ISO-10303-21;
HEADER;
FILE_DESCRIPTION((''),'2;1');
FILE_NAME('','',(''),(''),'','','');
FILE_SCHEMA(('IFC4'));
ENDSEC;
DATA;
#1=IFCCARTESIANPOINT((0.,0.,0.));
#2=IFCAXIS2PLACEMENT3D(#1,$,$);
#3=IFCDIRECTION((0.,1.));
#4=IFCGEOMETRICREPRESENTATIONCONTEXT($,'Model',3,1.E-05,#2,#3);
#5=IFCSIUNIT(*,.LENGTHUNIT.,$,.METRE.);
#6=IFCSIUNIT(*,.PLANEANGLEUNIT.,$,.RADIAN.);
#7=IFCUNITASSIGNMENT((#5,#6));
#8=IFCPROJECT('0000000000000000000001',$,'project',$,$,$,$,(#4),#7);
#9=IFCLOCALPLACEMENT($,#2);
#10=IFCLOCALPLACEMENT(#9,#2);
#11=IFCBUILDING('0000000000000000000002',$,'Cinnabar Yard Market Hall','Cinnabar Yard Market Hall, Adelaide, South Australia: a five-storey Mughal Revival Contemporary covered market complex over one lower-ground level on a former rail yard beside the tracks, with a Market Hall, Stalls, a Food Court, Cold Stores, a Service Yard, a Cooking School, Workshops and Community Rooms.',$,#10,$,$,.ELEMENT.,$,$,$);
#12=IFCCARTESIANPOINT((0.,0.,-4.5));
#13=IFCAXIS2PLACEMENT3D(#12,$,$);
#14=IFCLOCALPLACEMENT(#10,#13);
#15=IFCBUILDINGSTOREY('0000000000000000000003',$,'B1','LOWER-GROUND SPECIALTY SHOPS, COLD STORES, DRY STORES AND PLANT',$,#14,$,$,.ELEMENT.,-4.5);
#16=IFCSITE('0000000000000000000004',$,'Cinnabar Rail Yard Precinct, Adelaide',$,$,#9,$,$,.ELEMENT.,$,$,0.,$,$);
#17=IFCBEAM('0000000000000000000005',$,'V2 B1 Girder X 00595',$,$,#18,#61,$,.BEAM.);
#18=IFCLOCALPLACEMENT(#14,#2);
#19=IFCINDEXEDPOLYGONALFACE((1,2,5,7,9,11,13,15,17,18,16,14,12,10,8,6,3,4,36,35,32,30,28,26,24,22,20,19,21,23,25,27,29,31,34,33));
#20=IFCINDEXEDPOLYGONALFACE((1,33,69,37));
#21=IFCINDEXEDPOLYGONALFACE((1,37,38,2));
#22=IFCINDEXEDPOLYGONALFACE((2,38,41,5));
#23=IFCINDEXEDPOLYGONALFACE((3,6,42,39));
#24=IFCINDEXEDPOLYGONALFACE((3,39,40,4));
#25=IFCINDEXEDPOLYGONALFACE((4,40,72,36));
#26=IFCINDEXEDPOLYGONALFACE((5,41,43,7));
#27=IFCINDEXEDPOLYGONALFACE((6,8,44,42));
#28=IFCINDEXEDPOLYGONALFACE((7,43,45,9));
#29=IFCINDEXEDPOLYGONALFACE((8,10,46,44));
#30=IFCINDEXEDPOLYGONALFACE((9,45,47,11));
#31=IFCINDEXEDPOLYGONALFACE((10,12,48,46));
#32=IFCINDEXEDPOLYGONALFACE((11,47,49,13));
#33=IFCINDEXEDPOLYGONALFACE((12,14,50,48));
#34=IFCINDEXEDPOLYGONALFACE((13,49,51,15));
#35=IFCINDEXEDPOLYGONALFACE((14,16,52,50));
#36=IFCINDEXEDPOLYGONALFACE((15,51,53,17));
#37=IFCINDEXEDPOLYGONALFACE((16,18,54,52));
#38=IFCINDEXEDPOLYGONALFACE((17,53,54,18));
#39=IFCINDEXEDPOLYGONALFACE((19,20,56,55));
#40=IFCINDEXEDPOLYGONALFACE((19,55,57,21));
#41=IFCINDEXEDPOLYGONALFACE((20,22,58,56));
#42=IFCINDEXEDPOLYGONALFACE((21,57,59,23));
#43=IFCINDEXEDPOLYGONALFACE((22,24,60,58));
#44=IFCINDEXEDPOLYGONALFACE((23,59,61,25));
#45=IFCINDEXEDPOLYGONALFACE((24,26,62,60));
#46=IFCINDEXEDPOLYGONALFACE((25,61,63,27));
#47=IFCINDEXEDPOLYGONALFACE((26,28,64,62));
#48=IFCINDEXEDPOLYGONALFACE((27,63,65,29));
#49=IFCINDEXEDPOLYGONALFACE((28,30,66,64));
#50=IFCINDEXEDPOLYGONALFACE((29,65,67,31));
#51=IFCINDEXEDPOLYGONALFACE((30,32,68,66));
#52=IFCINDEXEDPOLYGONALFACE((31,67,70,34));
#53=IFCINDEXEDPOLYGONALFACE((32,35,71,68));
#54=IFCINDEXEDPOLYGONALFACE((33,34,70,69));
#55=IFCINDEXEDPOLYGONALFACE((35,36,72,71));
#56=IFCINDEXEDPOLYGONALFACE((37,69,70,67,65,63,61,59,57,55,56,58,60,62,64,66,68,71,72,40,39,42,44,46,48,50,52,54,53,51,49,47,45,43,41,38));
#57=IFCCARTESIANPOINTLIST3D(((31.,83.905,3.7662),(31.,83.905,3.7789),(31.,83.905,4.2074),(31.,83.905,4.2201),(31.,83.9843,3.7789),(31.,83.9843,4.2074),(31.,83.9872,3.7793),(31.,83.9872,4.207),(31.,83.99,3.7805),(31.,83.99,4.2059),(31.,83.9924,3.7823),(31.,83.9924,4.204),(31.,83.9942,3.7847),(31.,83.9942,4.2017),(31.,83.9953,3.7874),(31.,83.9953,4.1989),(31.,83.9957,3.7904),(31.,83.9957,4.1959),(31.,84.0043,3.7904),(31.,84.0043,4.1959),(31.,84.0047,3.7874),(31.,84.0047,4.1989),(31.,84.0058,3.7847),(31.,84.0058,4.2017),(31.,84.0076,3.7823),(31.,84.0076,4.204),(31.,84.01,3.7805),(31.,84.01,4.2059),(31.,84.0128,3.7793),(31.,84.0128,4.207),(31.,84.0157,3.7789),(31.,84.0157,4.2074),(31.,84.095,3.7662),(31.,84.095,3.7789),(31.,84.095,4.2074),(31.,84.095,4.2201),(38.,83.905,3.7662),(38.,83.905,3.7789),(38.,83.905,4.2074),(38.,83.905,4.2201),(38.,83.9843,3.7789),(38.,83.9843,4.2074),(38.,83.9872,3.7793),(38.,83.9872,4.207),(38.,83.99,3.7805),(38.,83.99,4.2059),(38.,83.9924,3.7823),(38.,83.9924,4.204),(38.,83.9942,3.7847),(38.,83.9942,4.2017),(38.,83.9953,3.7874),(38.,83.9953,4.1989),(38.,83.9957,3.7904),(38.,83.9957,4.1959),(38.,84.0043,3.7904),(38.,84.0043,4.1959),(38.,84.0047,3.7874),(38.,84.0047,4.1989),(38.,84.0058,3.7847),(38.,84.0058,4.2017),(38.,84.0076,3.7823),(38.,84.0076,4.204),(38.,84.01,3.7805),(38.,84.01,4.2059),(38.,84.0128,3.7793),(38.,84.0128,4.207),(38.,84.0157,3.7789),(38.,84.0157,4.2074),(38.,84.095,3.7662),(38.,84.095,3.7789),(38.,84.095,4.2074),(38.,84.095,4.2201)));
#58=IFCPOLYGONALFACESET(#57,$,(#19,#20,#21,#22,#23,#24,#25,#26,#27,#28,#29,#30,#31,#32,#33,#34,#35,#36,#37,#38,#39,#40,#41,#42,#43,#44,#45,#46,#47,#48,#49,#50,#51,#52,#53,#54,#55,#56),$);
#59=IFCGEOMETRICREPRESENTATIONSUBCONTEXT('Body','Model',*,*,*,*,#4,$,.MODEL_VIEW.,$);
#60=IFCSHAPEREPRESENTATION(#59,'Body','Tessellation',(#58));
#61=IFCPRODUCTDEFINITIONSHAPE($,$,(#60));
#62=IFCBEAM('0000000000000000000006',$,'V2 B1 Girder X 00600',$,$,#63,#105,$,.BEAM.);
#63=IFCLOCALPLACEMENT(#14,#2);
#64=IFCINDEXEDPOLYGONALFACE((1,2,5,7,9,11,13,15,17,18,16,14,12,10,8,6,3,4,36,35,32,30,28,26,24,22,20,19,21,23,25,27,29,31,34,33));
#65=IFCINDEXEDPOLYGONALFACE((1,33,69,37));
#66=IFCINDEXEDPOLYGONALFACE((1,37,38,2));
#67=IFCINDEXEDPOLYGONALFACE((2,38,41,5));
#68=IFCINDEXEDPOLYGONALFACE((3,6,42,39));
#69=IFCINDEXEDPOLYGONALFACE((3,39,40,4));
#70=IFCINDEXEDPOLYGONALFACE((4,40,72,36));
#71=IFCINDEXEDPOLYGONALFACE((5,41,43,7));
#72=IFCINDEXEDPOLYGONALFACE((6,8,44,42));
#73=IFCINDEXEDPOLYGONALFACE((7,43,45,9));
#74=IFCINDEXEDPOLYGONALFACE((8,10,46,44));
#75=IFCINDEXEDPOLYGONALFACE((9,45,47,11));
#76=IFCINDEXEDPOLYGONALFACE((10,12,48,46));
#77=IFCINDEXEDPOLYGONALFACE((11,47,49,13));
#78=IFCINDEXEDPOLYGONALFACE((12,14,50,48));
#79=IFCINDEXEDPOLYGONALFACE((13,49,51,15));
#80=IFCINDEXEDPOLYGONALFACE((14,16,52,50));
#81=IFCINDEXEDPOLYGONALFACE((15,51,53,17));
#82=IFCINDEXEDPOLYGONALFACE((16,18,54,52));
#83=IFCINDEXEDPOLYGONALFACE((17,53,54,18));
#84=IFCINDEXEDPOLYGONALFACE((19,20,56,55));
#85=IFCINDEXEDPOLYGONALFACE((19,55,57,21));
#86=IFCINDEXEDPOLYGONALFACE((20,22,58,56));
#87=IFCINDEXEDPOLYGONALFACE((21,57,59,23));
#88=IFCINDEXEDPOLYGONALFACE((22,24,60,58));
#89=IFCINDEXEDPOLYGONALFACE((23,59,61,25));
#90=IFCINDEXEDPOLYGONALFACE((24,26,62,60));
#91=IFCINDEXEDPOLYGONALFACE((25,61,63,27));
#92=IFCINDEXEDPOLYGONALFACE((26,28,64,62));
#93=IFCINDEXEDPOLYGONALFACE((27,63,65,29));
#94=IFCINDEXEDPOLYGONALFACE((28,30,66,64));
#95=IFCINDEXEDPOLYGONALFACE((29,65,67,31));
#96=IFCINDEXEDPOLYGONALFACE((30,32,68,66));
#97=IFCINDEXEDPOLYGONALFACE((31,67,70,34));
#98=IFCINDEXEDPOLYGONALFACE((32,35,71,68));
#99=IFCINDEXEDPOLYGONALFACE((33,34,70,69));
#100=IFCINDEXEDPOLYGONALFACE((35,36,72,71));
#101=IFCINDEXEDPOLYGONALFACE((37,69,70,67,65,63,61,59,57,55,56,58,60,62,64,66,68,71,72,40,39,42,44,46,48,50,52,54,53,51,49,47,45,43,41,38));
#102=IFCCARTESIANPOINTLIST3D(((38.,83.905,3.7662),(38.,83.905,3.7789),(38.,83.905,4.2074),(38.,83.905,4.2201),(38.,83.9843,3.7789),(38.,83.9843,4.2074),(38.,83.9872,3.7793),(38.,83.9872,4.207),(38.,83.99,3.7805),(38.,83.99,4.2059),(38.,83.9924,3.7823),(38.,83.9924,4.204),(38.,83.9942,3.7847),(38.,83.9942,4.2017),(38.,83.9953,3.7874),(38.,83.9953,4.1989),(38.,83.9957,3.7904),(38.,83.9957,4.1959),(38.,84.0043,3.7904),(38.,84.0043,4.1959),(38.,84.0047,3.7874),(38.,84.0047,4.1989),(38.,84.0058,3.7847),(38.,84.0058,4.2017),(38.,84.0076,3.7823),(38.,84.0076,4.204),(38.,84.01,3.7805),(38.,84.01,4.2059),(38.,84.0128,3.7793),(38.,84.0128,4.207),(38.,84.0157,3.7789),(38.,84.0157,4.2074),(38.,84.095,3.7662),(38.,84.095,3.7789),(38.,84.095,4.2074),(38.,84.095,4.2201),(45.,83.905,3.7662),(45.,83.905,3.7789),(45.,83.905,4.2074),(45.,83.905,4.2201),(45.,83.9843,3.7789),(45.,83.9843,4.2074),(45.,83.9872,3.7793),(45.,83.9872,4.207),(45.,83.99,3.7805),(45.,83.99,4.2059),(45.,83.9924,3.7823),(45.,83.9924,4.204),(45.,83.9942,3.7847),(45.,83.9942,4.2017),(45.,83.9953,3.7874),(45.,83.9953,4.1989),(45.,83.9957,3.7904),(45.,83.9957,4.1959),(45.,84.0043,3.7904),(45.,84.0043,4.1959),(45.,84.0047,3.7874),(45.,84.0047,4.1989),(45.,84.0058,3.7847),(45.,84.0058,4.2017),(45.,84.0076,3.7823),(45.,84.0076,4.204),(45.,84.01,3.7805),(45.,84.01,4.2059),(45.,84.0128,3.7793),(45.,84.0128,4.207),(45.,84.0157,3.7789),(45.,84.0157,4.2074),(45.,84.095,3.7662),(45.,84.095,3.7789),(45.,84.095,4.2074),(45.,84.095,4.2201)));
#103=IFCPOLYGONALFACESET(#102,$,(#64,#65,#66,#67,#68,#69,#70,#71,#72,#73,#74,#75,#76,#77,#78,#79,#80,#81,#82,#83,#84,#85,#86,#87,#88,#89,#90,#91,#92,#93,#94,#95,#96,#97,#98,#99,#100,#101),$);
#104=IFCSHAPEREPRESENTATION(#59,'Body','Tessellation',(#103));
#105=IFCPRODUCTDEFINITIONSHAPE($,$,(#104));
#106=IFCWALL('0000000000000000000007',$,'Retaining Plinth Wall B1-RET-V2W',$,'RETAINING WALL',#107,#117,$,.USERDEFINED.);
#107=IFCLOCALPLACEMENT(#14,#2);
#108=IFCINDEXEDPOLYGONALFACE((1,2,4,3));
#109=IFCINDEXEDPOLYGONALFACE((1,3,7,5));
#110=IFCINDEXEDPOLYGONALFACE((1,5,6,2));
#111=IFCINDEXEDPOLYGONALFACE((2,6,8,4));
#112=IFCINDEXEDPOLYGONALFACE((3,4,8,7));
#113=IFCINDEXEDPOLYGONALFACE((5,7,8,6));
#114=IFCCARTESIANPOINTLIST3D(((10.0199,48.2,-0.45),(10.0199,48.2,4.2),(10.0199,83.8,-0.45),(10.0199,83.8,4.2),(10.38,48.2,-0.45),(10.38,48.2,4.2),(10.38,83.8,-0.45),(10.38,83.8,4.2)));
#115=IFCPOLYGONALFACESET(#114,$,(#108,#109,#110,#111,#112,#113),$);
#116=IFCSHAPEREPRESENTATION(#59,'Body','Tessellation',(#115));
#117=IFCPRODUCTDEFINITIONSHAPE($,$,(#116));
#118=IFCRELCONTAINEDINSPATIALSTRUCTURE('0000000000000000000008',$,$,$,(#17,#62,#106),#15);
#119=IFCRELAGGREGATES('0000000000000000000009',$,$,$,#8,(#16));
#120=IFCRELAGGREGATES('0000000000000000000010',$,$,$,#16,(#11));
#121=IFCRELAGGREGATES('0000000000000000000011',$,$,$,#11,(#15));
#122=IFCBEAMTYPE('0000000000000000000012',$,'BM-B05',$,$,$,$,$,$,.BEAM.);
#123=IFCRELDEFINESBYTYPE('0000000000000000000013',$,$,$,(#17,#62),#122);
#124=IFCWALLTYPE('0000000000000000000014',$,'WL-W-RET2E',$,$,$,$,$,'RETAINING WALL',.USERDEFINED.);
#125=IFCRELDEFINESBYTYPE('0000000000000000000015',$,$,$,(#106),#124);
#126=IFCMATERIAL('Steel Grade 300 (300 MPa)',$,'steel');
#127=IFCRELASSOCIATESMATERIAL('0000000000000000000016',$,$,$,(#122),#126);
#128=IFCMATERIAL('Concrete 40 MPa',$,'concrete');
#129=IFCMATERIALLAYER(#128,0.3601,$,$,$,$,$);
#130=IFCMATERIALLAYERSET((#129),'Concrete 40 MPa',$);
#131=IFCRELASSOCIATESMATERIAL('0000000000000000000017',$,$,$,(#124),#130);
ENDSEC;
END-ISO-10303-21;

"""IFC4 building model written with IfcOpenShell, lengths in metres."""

from ifc_helpers import new_model, si_unit, direction, frame, frame_2d, origin, origin_2d_with_axis, place, context, subcontext, project, spatial, rectangle, i_section, extrude, material, layer, layer_set, material_profile, profile_set, type_object, element, save


model = new_model("IFC4")

# Units and contexts
model_context = context("Model", 3, precision=1e-05, world=origin(), true_north=direction((0.0, 1.0)))
body_context = subcontext(model_context, "Body", "Model", "MODEL_VIEW")
ifc_project = project(units=[si_unit("LENGTHUNIT", "METRE"), si_unit("PLANEANGLEUNIT", "RADIAN")], contexts=[model_context])

# Site, building, storey
site_placement = place(None, origin())
site = spatial("IfcSite", under=ifc_project, at=site_placement, Name="Cinnabar Rail Yard Precinct, Adelaide", CompositionType="ELEMENT", RefElevation=0.0)
building_placement = place(site_placement, origin())
building = spatial("IfcBuilding", under=site, at=building_placement, Name="Cinnabar Yard Market Hall", Description="Cinnabar Yard Market Hall, Adelaide, South Australia: a five-storey Mughal Revival Contemporary covered market complex over one lower-ground level on a former rail yard beside the tracks, with a Market Hall, Stalls, a Food Court, Cold Stores, a Service Yard, a Cooking School, Workshops and Community Rooms.", CompositionType="ELEMENT")
storey_placement = place(building_placement, frame((0.0, 0.0, -4.5)))
storey = spatial("IfcBuildingStorey", under=building, at=storey_placement, Name="B1", Description="LOWER-GROUND SPECIALTY SHOPS, COLD STORES, DRY STORES AND PLANT", CompositionType="ELEMENT", Elevation=-4.5)

# Shared definitions
ifc_material_1 = material(Name="Concrete 40 MPa", Category="concrete")

# Shared definitions
ifc_material_2 = material(Name="Steel Grade 300 (300 MPa)", Category="steel")

# Beams
ifc_material_profile_1 = material_profile(ifc_material_2, i_section(OverallWidth=0.1899, OverallDepth=0.4539, WebThickness=0.0085, FlangeThickness=0.0127, FilletRadius=0.0115, at=origin_2d_with_axis()), Name="460UB67.1")
ifc_profile_set_1 = profile_set([ifc_material_profile_1], Name="Steel Grade 300 (300 MPa)")
beam_type = type_object("IfcBeamType", Name="BM-B05", PredefinedType="BEAM", material=ifc_profile_set_1)
for number, where, z_axis, x_axis, name in (
    (1, (31.0, 84.0, 3.9932), (1.0, 0.0, 0.0), (0.0, 1.0, 0.0), "V2 B1 Girder X 00595"),
    (2, (38.0, 84.0, 3.9932), (1.0, 0.0, 0.0), (0.0, 1.0, 0.0), "V2 B1 Girder X 00600"),
):
    element("IfcBeam", number, at=place(storey_placement, frame(where, z_axis=z_axis, x_axis=x_axis)), inside=storey, type_object=beam_type, Name=name, PredefinedType="BEAM", context=body_context, shape_type="SweptSolid", body=[
        extrude(i_section(OverallWidth=0.1899, OverallDepth=0.4539, WebThickness=0.0085, FlangeThickness=0.0127, FilletRadius=0.0115, at=origin_2d_with_axis()), origin(), (0.0, 0.0, 1.0), 7.0),
    ])

# Wall
ifc_layer_1 = layer(ifc_material_1, 0.3601)
ifc_layer_set_1 = layer_set([ifc_layer_1], Name="Concrete 40 MPa")
wall_type = type_object("IfcWallType", Name="WL-W-RET2E", ElementType="RETAINING WALL", PredefinedType="USERDEFINED", material=ifc_layer_set_1)
wall_placement = place(storey_placement, frame((10.2, 83.8, -0.45), z_axis=(0.0, 0.0, 1.0), x_axis=(0.0, -1.0, 0.0)))
element("IfcWall", 3, at=wall_placement, inside=storey, type_object=wall_type, Name="Retaining Plinth Wall B1-RET-V2W", ObjectType="RETAINING WALL", PredefinedType="USERDEFINED", context=body_context, shape_type="SweptSolid", body=[
    extrude(rectangle(XDim=35.6001, YDim=0.3601, at=frame_2d((17.8, 0.0), x_axis=(1.0, 0.0))), origin(), (0.0, 0.0, 1.0), 4.6499),
])

save(model, "model.ifc")
